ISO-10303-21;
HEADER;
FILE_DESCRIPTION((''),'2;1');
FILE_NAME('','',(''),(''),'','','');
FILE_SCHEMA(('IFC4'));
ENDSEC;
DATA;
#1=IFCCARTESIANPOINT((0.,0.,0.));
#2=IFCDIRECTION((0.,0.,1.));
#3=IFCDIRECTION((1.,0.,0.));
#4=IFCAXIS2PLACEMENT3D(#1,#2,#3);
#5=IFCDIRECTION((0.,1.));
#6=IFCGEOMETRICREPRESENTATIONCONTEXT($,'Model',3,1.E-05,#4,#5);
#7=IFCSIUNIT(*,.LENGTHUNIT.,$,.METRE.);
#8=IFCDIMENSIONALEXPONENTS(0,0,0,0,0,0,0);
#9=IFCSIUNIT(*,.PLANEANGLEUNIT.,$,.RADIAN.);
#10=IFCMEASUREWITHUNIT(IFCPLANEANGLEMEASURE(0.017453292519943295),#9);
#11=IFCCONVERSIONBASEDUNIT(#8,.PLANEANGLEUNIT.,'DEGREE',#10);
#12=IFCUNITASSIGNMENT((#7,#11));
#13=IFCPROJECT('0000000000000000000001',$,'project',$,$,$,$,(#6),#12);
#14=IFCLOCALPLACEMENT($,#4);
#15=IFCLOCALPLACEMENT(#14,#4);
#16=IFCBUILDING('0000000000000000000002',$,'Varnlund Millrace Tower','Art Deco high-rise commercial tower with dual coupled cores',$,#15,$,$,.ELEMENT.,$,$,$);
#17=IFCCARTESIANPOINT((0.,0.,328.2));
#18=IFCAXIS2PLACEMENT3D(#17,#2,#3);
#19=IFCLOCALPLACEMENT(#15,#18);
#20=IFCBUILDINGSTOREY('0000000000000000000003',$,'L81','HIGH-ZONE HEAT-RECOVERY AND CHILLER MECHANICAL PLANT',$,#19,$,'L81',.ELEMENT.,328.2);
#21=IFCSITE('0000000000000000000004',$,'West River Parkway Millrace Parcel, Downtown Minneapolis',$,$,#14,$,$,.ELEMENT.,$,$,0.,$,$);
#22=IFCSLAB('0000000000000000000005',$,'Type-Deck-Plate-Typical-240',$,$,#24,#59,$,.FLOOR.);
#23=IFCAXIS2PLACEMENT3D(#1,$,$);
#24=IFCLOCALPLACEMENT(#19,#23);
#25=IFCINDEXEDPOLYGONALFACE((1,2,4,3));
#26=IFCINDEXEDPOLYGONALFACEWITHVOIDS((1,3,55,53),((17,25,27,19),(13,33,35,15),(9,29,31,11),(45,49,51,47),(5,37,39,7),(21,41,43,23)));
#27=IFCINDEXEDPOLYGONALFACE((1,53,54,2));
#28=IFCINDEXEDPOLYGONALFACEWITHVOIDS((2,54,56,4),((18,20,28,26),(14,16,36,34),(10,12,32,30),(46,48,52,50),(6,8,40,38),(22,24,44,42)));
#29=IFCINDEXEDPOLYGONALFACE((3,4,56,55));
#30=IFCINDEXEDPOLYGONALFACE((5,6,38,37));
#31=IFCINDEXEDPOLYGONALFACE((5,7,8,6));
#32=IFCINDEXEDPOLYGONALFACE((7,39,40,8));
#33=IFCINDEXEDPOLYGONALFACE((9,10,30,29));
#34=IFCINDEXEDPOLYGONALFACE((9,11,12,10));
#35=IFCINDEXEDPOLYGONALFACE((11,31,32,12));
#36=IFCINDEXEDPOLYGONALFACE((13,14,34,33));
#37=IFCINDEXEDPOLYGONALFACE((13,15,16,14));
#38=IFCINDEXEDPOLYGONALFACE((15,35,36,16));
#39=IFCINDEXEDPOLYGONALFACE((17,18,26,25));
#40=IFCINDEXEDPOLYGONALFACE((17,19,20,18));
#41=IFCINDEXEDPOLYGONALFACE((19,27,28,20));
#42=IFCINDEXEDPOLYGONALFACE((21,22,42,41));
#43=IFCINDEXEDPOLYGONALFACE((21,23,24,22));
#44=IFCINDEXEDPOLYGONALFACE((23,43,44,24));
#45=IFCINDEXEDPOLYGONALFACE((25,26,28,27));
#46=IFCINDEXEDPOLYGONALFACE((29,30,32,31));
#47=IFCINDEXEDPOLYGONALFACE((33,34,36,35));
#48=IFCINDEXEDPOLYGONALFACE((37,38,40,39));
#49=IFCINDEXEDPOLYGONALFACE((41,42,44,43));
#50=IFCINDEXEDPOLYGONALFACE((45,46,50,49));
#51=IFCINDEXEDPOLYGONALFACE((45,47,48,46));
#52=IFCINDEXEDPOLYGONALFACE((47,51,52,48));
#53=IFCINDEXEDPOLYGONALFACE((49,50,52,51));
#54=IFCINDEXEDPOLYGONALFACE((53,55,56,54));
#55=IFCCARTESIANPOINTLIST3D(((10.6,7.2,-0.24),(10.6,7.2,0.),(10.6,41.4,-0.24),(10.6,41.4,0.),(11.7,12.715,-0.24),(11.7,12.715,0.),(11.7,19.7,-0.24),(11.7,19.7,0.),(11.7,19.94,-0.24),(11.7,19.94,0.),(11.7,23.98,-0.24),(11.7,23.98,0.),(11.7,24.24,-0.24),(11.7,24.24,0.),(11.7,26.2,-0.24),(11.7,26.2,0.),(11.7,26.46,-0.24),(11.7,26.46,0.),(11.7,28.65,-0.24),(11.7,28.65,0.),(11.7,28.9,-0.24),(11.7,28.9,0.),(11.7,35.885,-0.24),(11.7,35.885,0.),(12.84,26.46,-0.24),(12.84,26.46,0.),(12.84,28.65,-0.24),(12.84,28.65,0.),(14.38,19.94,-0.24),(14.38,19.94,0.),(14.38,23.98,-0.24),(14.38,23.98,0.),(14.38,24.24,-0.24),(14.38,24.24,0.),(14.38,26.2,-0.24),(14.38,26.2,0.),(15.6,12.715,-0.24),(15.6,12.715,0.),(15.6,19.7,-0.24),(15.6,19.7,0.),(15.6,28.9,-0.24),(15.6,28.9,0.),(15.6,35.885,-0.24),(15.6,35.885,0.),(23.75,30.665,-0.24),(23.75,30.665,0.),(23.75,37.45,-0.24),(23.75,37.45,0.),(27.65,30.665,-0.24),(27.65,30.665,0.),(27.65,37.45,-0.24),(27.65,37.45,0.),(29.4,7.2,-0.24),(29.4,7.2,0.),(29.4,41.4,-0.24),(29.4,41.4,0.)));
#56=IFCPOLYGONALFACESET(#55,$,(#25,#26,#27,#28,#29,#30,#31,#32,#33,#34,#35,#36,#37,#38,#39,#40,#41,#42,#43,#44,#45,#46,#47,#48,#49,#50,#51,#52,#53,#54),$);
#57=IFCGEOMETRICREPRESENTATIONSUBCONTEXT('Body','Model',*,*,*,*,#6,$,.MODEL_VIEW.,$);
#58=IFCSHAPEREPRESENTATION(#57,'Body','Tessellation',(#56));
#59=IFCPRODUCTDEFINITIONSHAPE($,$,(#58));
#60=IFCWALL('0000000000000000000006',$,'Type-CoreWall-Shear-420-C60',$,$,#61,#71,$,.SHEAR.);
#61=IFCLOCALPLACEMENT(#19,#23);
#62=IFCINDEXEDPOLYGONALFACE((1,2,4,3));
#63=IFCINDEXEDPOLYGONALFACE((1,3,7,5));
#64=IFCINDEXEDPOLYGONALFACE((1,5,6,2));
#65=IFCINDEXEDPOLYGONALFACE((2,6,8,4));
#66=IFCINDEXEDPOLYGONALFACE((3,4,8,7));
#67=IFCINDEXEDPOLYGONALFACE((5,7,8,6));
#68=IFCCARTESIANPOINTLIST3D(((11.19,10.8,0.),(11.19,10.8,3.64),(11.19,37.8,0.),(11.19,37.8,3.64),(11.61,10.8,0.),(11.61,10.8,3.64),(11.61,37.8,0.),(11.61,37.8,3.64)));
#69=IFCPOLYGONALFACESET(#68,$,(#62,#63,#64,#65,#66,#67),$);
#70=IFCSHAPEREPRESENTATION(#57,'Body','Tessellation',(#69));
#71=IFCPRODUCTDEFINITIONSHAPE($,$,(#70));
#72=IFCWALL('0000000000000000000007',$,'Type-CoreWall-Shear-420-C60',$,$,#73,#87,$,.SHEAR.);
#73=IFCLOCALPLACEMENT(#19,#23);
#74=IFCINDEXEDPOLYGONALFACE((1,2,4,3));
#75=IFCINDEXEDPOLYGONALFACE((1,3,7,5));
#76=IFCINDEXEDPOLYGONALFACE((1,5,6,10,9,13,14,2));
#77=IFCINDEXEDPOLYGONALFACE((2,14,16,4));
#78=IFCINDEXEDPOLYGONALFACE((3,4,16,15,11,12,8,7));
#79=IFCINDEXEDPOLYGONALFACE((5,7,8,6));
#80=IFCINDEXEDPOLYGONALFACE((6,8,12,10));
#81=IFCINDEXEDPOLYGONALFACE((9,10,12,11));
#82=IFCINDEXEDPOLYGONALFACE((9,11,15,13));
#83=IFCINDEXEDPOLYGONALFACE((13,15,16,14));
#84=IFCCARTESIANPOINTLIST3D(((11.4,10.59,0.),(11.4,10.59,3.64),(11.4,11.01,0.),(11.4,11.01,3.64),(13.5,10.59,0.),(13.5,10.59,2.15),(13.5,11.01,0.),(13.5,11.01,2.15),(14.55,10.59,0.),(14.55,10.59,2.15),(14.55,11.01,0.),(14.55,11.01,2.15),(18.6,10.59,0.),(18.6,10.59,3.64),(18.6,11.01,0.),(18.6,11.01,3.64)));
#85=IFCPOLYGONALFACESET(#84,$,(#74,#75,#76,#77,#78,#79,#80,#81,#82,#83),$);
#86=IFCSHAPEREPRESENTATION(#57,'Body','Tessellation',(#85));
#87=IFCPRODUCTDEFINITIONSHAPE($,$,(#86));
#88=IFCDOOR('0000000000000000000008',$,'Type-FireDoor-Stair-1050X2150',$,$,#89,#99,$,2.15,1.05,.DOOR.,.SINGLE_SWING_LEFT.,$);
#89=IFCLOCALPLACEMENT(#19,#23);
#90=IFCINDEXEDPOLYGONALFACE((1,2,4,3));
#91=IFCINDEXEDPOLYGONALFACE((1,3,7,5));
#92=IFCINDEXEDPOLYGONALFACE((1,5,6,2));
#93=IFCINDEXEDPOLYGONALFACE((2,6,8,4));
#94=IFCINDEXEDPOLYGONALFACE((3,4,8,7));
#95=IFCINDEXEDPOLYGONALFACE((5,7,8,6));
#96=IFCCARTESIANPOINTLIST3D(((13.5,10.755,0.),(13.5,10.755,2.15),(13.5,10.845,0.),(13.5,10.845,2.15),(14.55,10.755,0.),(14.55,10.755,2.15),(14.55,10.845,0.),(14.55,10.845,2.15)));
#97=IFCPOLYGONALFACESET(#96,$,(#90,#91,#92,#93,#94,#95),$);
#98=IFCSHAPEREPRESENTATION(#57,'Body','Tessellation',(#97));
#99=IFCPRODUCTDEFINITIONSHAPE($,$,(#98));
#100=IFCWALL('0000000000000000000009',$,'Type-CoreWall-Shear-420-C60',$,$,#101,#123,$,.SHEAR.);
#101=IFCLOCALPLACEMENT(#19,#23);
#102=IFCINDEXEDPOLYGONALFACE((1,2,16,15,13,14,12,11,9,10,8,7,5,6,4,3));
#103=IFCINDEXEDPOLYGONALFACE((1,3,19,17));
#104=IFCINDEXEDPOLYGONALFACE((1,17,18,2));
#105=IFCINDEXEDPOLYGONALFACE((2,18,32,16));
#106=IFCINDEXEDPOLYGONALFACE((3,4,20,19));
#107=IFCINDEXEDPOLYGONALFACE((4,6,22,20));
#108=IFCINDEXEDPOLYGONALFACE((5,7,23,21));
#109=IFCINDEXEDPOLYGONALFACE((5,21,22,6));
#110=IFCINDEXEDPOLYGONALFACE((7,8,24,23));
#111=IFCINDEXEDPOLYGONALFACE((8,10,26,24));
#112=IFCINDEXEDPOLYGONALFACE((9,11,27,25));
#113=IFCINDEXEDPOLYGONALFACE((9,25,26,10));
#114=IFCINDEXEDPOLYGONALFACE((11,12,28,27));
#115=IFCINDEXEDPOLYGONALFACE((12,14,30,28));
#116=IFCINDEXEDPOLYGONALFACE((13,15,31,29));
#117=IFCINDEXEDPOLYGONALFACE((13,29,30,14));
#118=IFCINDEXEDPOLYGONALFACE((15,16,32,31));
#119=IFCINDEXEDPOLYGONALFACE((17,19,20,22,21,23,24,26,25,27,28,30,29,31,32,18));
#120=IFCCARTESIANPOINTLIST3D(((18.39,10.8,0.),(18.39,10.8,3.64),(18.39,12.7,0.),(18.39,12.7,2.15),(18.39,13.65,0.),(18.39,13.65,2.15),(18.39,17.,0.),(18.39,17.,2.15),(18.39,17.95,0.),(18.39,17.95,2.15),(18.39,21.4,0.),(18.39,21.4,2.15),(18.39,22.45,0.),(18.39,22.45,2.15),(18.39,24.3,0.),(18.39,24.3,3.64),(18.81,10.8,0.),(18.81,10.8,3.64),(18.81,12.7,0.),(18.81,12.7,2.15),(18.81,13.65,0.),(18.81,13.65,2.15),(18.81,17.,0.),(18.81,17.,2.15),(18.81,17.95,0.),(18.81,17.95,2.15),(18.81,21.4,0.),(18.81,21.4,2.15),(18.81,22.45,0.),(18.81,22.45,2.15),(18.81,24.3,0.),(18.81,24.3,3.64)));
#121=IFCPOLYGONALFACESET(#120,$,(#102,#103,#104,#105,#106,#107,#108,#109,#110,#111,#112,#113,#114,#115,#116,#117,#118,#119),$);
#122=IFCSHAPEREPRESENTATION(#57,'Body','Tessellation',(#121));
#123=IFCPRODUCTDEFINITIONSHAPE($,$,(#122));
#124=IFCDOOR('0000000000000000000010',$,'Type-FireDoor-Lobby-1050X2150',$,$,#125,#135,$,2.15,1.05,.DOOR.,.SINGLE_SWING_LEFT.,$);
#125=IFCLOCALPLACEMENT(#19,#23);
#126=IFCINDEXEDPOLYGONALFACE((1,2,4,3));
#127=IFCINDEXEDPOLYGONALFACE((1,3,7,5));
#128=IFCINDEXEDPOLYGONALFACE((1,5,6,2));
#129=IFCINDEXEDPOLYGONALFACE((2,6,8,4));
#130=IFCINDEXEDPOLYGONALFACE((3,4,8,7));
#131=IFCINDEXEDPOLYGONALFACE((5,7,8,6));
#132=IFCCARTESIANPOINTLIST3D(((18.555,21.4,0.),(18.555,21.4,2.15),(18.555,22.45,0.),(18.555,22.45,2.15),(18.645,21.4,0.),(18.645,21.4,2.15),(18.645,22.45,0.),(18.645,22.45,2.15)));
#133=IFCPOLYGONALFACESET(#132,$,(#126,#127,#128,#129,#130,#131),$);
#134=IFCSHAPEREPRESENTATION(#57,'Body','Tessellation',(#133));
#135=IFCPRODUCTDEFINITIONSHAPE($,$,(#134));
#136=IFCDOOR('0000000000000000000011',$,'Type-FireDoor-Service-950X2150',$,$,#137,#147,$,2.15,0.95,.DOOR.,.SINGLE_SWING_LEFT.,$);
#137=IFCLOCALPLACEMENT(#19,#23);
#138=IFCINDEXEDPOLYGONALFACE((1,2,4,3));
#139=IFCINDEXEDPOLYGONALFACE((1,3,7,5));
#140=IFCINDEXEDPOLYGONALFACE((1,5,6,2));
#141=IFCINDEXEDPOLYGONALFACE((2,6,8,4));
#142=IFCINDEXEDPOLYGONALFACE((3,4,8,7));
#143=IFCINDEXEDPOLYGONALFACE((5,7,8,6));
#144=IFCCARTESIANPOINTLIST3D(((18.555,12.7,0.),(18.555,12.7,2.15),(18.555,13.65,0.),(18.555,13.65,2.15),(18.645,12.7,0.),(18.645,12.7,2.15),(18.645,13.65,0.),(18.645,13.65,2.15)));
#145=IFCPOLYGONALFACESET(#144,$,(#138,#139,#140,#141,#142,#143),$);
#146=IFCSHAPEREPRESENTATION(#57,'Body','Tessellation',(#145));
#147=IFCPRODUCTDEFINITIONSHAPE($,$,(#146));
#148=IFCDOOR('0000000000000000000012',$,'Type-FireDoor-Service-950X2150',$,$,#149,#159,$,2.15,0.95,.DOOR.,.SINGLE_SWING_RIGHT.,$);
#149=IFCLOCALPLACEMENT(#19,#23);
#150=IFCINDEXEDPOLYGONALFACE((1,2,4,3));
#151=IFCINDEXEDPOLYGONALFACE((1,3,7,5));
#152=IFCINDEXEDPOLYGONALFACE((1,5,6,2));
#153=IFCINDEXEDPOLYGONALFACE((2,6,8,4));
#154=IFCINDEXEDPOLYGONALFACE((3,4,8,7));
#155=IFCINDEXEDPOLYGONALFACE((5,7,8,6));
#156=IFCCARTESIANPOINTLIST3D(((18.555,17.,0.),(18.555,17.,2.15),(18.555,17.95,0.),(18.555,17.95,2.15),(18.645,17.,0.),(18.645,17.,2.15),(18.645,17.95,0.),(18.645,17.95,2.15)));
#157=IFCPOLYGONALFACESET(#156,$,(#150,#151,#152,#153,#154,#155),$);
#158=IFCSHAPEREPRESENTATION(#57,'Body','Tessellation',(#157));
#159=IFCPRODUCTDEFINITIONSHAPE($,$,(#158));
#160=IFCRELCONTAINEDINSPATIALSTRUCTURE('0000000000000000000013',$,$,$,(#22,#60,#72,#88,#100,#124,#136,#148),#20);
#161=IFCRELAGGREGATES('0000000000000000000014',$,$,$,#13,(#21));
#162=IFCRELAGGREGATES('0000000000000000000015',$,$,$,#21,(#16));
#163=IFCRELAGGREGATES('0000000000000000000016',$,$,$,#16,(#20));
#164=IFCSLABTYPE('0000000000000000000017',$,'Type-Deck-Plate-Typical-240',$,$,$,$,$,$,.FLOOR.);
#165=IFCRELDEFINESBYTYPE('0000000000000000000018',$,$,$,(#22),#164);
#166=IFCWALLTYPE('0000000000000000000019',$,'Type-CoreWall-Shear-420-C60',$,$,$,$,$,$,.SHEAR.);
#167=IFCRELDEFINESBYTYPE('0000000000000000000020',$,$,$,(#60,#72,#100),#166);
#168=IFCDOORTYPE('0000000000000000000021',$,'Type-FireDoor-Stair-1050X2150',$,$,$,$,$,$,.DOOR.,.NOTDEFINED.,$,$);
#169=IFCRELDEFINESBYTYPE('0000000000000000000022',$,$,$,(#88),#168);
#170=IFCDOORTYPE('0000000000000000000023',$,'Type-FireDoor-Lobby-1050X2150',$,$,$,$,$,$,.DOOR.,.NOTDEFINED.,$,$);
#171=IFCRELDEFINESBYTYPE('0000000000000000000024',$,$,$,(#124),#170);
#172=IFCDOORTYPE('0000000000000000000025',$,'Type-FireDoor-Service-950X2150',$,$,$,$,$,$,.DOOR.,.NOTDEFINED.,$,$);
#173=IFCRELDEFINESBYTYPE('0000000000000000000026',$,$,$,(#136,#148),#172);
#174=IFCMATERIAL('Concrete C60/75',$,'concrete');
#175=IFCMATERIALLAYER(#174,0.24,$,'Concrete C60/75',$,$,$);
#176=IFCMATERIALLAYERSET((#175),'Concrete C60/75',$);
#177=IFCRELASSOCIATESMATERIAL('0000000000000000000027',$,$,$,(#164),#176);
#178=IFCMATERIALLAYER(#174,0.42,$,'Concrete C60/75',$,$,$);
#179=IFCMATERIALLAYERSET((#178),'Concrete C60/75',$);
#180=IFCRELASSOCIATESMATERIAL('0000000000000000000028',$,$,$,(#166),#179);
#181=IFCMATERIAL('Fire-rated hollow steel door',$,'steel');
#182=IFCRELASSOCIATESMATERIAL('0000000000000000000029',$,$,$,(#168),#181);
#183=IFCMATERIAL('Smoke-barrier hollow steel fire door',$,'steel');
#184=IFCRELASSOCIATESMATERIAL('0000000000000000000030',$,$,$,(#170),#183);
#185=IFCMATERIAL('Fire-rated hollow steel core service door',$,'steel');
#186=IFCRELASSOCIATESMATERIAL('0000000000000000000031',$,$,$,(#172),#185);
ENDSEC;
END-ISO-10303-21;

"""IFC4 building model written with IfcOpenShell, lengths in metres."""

from ifc_helpers import new_model, entity, si_unit, converted_unit, direction, frame, origin_with_axes, origin_2d_with_axis, place, context, subcontext, project, spatial, polyline, rectangle, outline, extrude, material, layer, layer_set, type_object, element, fill, save


model = new_model("IFC4")

# Units and contexts
model_context = context("Model", 3, precision=1e-05, world=origin_with_axes(), true_north=direction((0.0, 1.0)))
body_context = subcontext(model_context, "Body", "Model", "MODEL_VIEW")
ifc_project = project(units=[si_unit("LENGTHUNIT", "METRE"), converted_unit("PLANEANGLEUNIT", "DEGREE", entity("IfcPlaneAngleMeasure", 0.017453292519943295), si_unit("PLANEANGLEUNIT", "RADIAN"), dimensions=[0, 0, 0, 0, 0, 0, 0])], contexts=[model_context])

# Site, building, storey
site_placement = place(None, origin_with_axes())
site = spatial("IfcSite", under=ifc_project, at=site_placement, Name="West River Parkway Millrace Parcel, Downtown Minneapolis", CompositionType="ELEMENT", RefElevation=0.0)
building_placement = place(site_placement, origin_with_axes())
building = spatial("IfcBuilding", under=site, at=building_placement, Name="Varnlund Millrace Tower", Description="Art Deco high-rise commercial tower with dual coupled cores", CompositionType="ELEMENT")
storey_placement = place(building_placement, frame((0.0, 0.0, 328.2), z_axis=(0.0, 0.0, 1.0), x_axis=(1.0, 0.0, 0.0)))
storey = spatial("IfcBuildingStorey", under=building, at=storey_placement, Name="L81", Description="HIGH-ZONE HEAT-RECOVERY AND CHILLER MECHANICAL PLANT", LongName="L81", CompositionType="ELEMENT", Elevation=328.2)

# Slab
ifc_material_1 = material(Name="Concrete C60/75", Category="concrete")
ifc_layer_1 = layer(ifc_material_1, 0.24, Name="Concrete C60/75")
ifc_layer_set_1 = layer_set([ifc_layer_1], Name="Concrete C60/75")
slab_type = type_object("IfcSlabType", Name="Type-Deck-Plate-Typical-240", PredefinedType="FLOOR", material=ifc_layer_set_1)
slab_placement = place(storey_placement, frame((0.0, 0.0, -0.24), z_axis=(0.0, 0.0, 1.0), x_axis=(1.0, 0.0, 0.0)))
element("IfcSlab", 1, at=slab_placement, inside=storey, type_object=slab_type, Name="Type-Deck-Plate-Typical-240", PredefinedType="FLOOR", context=body_context, shape_type="SweptSolid", body=[
    extrude(outline(polyline([(29.4, 7.2), (29.4, 41.4), (10.6, 41.4), (10.6, 7.2), (29.4, 7.2)]), holes=[polyline([(11.7, 19.7), (15.6, 19.7), (15.6, 12.715), (11.7, 12.715), (11.7, 19.7)]), polyline([(11.7, 19.94), (11.7, 23.98), (14.38, 23.98), (14.38, 19.94), (11.7, 19.94)]), polyline([(14.38, 26.2), (14.38, 24.24), (11.7, 24.24), (11.7, 26.2), (14.38, 26.2)]), polyline([(12.84, 28.65), (12.84, 26.46), (11.7, 26.46), (11.7, 28.65), (12.84, 28.65)]), polyline([(15.6, 35.885), (15.6, 28.9), (11.7, 28.9), (11.7, 35.885), (15.6, 35.885)]), polyline([(27.65, 37.45), (27.65, 30.665), (23.75, 30.665), (23.75, 37.45), (27.65, 37.45)])]), origin_with_axes(), (0.0, 0.0, 1.0), 0.24),
])

# Wall
ifc_layer_2 = layer(ifc_material_1, 0.42, Name="Concrete C60/75")
ifc_layer_set_2 = layer_set([ifc_layer_2], Name="Concrete C60/75")
wall_type_1 = type_object("IfcWallType", Name="Type-CoreWall-Shear-420-C60", PredefinedType="SHEAR", material=ifc_layer_set_2)
wall_1_placement = place(storey_placement, frame((11.4, 10.8, 0.0), z_axis=(0.0, 0.0, 1.0), x_axis=(0.0, 1.0, 0.0)))
element("IfcWall", 2, at=wall_1_placement, inside=storey, type_object=wall_type_1, Name="Type-CoreWall-Shear-420-C60", PredefinedType="SHEAR", context=body_context, shape_type="SweptSolid", body=[
    extrude(outline(polyline([(0.0, -0.21), (27.0, -0.21), (27.0, 0.21), (0.0, 0.21), (0.0, -0.21)])), origin_with_axes(), (0.0, 0.0, 1.0), 3.64),
])

# Wall, opening, door
wall_2_placement = place(storey_placement, frame((11.4, 10.8, 0.0), z_axis=(0.0, 0.0, 1.0), x_axis=(1.0, 0.0, 0.0)))
wall_2 = element("IfcWall", 3, at=wall_2_placement, inside=storey, type_object=wall_type_1, Name="Type-CoreWall-Shear-420-C60", PredefinedType="SHEAR", context=body_context, shape_type="SweptSolid", body=[
    extrude(outline(polyline([(0.0, -0.21), (7.2, -0.21), (7.2, 0.21), (0.0, 0.21), (0.0, -0.21)])), origin_with_axes(), (0.0, 0.0, 1.0), 3.64),
])
opening_1_placement = place(wall_2_placement, frame((2.625, 0.0, 0.0), z_axis=(0.0, 0.0, 1.0), x_axis=(1.0, 0.0, 0.0)))
opening_1 = element("IfcOpeningElement", 4, at=opening_1_placement, cuts=wall_2, PredefinedType="OPENING", context=body_context, shape_type="SweptSolid", body=[
    extrude(rectangle(XDim=1.05, YDim=0.44, at=origin_2d_with_axis()), origin_with_axes(), (0.0, 0.0, 1.0), 2.15),
])
ifc_material_2 = material(Name="Fire-rated hollow steel door", Category="steel")
door_type_1 = type_object("IfcDoorType", Name="Type-FireDoor-Stair-1050X2150", OperationType="NOTDEFINED", PredefinedType="DOOR", material=ifc_material_2)
door_1_placement = place(wall_2_placement, frame((2.625, 0.0, 0.0), z_axis=(0.0, 0.0, 1.0), x_axis=(1.0, 0.0, 0.0)))
door_1 = element("IfcDoor", 5, at=door_1_placement, inside=storey, type_object=door_type_1, Name="Type-FireDoor-Stair-1050X2150", OperationType="SINGLE_SWING_LEFT", OverallHeight=2.15, OverallWidth=1.05, PredefinedType="DOOR", context=body_context, shape_type="SweptSolid", body=[
    extrude(rectangle(XDim=1.05, YDim=0.09, at=origin_2d_with_axis()), origin_with_axes(), (0.0, 0.0, 1.0), 2.15),
])
fill(opening_1, door_1)

# Wall, openings, doors
wall_3_placement = place(storey_placement, frame((18.6, 10.8, 0.0), z_axis=(0.0, 0.0, 1.0), x_axis=(0.0, 1.0, 0.0)))
wall_3 = element("IfcWall", 6, at=wall_3_placement, inside=storey, type_object=wall_type_1, Name="Type-CoreWall-Shear-420-C60", PredefinedType="SHEAR", context=body_context, shape_type="SweptSolid", body=[
    extrude(outline(polyline([(0.0, -0.21), (13.5, -0.21), (13.5, 0.21), (0.0, 0.21), (0.0, -0.21)])), origin_with_axes(), (0.0, 0.0, 1.0), 3.64),
])
opening_2_placement = place(wall_3_placement, frame((11.125, 0.0, 0.0), z_axis=(0.0, 0.0, 1.0), x_axis=(1.0, 0.0, 0.0)))
opening_2 = element("IfcOpeningElement", 7, at=opening_2_placement, cuts=wall_3, PredefinedType="OPENING", context=body_context, shape_type="SweptSolid", body=[
    extrude(rectangle(XDim=1.05, YDim=0.44, at=origin_2d_with_axis()), origin_with_axes(), (0.0, 0.0, 1.0), 2.15),
])
opening_3_placement = place(wall_3_placement, frame((2.375, 0.0, 0.0), z_axis=(0.0, 0.0, 1.0), x_axis=(1.0, 0.0, 0.0)))
opening_3 = element("IfcOpeningElement", 8, at=opening_3_placement, cuts=wall_3, PredefinedType="OPENING", context=body_context, shape_type="SweptSolid", body=[
    extrude(rectangle(XDim=0.95, YDim=0.44, at=origin_2d_with_axis()), origin_with_axes(), (0.0, 0.0, 1.0), 2.15),
])
opening_4_placement = place(wall_3_placement, frame((6.675, 0.0, 0.0), z_axis=(0.0, 0.0, 1.0), x_axis=(1.0, 0.0, 0.0)))
opening_4 = element("IfcOpeningElement", 9, at=opening_4_placement, cuts=wall_3, PredefinedType="OPENING", context=body_context, shape_type="SweptSolid", body=[
    extrude(rectangle(XDim=0.95, YDim=0.44, at=origin_2d_with_axis()), origin_with_axes(), (0.0, 0.0, 1.0), 2.15),
])
ifc_material_3 = material(Name="Smoke-barrier hollow steel fire door", Category="steel")
door_type_2 = type_object("IfcDoorType", Name="Type-FireDoor-Lobby-1050X2150", OperationType="NOTDEFINED", PredefinedType="DOOR", material=ifc_material_3)
door_2_placement = place(wall_3_placement, frame((11.125, 0.0, 0.0), z_axis=(0.0, 0.0, 1.0), x_axis=(1.0, 0.0, 0.0)))
door_2 = element("IfcDoor", 10, at=door_2_placement, inside=storey, type_object=door_type_2, Name="Type-FireDoor-Lobby-1050X2150", OperationType="SINGLE_SWING_LEFT", OverallHeight=2.15, OverallWidth=1.05, PredefinedType="DOOR", context=body_context, shape_type="SweptSolid", body=[
    extrude(rectangle(XDim=1.05, YDim=0.09, at=origin_2d_with_axis()), origin_with_axes(), (0.0, 0.0, 1.0), 2.15),
])
fill(opening_2, door_2)
ifc_material_4 = material(Name="Fire-rated hollow steel core service door", Category="steel")
door_type_3 = type_object("IfcDoorType", Name="Type-FireDoor-Service-950X2150", OperationType="NOTDEFINED", PredefinedType="DOOR", material=ifc_material_4)
door_3_placement = place(wall_3_placement, frame((2.375, 0.0, 0.0), z_axis=(0.0, 0.0, 1.0), x_axis=(1.0, 0.0, 0.0)))
door_3 = element("IfcDoor", 11, at=door_3_placement, inside=storey, type_object=door_type_3, Name="Type-FireDoor-Service-950X2150", OperationType="SINGLE_SWING_LEFT", OverallHeight=2.15, OverallWidth=0.95, PredefinedType="DOOR", context=body_context, shape_type="SweptSolid", body=[
    extrude(rectangle(XDim=0.95, YDim=0.09, at=origin_2d_with_axis()), origin_with_axes(), (0.0, 0.0, 1.0), 2.15),
])
fill(opening_3, door_3)
door_4_placement = place(wall_3_placement, frame((6.675, 0.0, 0.0), z_axis=(0.0, 0.0, 1.0), x_axis=(1.0, 0.0, 0.0)))
door_4 = element("IfcDoor", 12, at=door_4_placement, inside=storey, type_object=door_type_3, Name="Type-FireDoor-Service-950X2150", OperationType="SINGLE_SWING_RIGHT", OverallHeight=2.15, OverallWidth=0.95, PredefinedType="DOOR", context=body_context, shape_type="SweptSolid", body=[
    extrude(rectangle(XDim=0.95, YDim=0.09, at=origin_2d_with_axis()), origin_with_axes(), (0.0, 0.0, 1.0), 2.15),
])
fill(opening_4, door_4)

save(model, "model.ifc")
